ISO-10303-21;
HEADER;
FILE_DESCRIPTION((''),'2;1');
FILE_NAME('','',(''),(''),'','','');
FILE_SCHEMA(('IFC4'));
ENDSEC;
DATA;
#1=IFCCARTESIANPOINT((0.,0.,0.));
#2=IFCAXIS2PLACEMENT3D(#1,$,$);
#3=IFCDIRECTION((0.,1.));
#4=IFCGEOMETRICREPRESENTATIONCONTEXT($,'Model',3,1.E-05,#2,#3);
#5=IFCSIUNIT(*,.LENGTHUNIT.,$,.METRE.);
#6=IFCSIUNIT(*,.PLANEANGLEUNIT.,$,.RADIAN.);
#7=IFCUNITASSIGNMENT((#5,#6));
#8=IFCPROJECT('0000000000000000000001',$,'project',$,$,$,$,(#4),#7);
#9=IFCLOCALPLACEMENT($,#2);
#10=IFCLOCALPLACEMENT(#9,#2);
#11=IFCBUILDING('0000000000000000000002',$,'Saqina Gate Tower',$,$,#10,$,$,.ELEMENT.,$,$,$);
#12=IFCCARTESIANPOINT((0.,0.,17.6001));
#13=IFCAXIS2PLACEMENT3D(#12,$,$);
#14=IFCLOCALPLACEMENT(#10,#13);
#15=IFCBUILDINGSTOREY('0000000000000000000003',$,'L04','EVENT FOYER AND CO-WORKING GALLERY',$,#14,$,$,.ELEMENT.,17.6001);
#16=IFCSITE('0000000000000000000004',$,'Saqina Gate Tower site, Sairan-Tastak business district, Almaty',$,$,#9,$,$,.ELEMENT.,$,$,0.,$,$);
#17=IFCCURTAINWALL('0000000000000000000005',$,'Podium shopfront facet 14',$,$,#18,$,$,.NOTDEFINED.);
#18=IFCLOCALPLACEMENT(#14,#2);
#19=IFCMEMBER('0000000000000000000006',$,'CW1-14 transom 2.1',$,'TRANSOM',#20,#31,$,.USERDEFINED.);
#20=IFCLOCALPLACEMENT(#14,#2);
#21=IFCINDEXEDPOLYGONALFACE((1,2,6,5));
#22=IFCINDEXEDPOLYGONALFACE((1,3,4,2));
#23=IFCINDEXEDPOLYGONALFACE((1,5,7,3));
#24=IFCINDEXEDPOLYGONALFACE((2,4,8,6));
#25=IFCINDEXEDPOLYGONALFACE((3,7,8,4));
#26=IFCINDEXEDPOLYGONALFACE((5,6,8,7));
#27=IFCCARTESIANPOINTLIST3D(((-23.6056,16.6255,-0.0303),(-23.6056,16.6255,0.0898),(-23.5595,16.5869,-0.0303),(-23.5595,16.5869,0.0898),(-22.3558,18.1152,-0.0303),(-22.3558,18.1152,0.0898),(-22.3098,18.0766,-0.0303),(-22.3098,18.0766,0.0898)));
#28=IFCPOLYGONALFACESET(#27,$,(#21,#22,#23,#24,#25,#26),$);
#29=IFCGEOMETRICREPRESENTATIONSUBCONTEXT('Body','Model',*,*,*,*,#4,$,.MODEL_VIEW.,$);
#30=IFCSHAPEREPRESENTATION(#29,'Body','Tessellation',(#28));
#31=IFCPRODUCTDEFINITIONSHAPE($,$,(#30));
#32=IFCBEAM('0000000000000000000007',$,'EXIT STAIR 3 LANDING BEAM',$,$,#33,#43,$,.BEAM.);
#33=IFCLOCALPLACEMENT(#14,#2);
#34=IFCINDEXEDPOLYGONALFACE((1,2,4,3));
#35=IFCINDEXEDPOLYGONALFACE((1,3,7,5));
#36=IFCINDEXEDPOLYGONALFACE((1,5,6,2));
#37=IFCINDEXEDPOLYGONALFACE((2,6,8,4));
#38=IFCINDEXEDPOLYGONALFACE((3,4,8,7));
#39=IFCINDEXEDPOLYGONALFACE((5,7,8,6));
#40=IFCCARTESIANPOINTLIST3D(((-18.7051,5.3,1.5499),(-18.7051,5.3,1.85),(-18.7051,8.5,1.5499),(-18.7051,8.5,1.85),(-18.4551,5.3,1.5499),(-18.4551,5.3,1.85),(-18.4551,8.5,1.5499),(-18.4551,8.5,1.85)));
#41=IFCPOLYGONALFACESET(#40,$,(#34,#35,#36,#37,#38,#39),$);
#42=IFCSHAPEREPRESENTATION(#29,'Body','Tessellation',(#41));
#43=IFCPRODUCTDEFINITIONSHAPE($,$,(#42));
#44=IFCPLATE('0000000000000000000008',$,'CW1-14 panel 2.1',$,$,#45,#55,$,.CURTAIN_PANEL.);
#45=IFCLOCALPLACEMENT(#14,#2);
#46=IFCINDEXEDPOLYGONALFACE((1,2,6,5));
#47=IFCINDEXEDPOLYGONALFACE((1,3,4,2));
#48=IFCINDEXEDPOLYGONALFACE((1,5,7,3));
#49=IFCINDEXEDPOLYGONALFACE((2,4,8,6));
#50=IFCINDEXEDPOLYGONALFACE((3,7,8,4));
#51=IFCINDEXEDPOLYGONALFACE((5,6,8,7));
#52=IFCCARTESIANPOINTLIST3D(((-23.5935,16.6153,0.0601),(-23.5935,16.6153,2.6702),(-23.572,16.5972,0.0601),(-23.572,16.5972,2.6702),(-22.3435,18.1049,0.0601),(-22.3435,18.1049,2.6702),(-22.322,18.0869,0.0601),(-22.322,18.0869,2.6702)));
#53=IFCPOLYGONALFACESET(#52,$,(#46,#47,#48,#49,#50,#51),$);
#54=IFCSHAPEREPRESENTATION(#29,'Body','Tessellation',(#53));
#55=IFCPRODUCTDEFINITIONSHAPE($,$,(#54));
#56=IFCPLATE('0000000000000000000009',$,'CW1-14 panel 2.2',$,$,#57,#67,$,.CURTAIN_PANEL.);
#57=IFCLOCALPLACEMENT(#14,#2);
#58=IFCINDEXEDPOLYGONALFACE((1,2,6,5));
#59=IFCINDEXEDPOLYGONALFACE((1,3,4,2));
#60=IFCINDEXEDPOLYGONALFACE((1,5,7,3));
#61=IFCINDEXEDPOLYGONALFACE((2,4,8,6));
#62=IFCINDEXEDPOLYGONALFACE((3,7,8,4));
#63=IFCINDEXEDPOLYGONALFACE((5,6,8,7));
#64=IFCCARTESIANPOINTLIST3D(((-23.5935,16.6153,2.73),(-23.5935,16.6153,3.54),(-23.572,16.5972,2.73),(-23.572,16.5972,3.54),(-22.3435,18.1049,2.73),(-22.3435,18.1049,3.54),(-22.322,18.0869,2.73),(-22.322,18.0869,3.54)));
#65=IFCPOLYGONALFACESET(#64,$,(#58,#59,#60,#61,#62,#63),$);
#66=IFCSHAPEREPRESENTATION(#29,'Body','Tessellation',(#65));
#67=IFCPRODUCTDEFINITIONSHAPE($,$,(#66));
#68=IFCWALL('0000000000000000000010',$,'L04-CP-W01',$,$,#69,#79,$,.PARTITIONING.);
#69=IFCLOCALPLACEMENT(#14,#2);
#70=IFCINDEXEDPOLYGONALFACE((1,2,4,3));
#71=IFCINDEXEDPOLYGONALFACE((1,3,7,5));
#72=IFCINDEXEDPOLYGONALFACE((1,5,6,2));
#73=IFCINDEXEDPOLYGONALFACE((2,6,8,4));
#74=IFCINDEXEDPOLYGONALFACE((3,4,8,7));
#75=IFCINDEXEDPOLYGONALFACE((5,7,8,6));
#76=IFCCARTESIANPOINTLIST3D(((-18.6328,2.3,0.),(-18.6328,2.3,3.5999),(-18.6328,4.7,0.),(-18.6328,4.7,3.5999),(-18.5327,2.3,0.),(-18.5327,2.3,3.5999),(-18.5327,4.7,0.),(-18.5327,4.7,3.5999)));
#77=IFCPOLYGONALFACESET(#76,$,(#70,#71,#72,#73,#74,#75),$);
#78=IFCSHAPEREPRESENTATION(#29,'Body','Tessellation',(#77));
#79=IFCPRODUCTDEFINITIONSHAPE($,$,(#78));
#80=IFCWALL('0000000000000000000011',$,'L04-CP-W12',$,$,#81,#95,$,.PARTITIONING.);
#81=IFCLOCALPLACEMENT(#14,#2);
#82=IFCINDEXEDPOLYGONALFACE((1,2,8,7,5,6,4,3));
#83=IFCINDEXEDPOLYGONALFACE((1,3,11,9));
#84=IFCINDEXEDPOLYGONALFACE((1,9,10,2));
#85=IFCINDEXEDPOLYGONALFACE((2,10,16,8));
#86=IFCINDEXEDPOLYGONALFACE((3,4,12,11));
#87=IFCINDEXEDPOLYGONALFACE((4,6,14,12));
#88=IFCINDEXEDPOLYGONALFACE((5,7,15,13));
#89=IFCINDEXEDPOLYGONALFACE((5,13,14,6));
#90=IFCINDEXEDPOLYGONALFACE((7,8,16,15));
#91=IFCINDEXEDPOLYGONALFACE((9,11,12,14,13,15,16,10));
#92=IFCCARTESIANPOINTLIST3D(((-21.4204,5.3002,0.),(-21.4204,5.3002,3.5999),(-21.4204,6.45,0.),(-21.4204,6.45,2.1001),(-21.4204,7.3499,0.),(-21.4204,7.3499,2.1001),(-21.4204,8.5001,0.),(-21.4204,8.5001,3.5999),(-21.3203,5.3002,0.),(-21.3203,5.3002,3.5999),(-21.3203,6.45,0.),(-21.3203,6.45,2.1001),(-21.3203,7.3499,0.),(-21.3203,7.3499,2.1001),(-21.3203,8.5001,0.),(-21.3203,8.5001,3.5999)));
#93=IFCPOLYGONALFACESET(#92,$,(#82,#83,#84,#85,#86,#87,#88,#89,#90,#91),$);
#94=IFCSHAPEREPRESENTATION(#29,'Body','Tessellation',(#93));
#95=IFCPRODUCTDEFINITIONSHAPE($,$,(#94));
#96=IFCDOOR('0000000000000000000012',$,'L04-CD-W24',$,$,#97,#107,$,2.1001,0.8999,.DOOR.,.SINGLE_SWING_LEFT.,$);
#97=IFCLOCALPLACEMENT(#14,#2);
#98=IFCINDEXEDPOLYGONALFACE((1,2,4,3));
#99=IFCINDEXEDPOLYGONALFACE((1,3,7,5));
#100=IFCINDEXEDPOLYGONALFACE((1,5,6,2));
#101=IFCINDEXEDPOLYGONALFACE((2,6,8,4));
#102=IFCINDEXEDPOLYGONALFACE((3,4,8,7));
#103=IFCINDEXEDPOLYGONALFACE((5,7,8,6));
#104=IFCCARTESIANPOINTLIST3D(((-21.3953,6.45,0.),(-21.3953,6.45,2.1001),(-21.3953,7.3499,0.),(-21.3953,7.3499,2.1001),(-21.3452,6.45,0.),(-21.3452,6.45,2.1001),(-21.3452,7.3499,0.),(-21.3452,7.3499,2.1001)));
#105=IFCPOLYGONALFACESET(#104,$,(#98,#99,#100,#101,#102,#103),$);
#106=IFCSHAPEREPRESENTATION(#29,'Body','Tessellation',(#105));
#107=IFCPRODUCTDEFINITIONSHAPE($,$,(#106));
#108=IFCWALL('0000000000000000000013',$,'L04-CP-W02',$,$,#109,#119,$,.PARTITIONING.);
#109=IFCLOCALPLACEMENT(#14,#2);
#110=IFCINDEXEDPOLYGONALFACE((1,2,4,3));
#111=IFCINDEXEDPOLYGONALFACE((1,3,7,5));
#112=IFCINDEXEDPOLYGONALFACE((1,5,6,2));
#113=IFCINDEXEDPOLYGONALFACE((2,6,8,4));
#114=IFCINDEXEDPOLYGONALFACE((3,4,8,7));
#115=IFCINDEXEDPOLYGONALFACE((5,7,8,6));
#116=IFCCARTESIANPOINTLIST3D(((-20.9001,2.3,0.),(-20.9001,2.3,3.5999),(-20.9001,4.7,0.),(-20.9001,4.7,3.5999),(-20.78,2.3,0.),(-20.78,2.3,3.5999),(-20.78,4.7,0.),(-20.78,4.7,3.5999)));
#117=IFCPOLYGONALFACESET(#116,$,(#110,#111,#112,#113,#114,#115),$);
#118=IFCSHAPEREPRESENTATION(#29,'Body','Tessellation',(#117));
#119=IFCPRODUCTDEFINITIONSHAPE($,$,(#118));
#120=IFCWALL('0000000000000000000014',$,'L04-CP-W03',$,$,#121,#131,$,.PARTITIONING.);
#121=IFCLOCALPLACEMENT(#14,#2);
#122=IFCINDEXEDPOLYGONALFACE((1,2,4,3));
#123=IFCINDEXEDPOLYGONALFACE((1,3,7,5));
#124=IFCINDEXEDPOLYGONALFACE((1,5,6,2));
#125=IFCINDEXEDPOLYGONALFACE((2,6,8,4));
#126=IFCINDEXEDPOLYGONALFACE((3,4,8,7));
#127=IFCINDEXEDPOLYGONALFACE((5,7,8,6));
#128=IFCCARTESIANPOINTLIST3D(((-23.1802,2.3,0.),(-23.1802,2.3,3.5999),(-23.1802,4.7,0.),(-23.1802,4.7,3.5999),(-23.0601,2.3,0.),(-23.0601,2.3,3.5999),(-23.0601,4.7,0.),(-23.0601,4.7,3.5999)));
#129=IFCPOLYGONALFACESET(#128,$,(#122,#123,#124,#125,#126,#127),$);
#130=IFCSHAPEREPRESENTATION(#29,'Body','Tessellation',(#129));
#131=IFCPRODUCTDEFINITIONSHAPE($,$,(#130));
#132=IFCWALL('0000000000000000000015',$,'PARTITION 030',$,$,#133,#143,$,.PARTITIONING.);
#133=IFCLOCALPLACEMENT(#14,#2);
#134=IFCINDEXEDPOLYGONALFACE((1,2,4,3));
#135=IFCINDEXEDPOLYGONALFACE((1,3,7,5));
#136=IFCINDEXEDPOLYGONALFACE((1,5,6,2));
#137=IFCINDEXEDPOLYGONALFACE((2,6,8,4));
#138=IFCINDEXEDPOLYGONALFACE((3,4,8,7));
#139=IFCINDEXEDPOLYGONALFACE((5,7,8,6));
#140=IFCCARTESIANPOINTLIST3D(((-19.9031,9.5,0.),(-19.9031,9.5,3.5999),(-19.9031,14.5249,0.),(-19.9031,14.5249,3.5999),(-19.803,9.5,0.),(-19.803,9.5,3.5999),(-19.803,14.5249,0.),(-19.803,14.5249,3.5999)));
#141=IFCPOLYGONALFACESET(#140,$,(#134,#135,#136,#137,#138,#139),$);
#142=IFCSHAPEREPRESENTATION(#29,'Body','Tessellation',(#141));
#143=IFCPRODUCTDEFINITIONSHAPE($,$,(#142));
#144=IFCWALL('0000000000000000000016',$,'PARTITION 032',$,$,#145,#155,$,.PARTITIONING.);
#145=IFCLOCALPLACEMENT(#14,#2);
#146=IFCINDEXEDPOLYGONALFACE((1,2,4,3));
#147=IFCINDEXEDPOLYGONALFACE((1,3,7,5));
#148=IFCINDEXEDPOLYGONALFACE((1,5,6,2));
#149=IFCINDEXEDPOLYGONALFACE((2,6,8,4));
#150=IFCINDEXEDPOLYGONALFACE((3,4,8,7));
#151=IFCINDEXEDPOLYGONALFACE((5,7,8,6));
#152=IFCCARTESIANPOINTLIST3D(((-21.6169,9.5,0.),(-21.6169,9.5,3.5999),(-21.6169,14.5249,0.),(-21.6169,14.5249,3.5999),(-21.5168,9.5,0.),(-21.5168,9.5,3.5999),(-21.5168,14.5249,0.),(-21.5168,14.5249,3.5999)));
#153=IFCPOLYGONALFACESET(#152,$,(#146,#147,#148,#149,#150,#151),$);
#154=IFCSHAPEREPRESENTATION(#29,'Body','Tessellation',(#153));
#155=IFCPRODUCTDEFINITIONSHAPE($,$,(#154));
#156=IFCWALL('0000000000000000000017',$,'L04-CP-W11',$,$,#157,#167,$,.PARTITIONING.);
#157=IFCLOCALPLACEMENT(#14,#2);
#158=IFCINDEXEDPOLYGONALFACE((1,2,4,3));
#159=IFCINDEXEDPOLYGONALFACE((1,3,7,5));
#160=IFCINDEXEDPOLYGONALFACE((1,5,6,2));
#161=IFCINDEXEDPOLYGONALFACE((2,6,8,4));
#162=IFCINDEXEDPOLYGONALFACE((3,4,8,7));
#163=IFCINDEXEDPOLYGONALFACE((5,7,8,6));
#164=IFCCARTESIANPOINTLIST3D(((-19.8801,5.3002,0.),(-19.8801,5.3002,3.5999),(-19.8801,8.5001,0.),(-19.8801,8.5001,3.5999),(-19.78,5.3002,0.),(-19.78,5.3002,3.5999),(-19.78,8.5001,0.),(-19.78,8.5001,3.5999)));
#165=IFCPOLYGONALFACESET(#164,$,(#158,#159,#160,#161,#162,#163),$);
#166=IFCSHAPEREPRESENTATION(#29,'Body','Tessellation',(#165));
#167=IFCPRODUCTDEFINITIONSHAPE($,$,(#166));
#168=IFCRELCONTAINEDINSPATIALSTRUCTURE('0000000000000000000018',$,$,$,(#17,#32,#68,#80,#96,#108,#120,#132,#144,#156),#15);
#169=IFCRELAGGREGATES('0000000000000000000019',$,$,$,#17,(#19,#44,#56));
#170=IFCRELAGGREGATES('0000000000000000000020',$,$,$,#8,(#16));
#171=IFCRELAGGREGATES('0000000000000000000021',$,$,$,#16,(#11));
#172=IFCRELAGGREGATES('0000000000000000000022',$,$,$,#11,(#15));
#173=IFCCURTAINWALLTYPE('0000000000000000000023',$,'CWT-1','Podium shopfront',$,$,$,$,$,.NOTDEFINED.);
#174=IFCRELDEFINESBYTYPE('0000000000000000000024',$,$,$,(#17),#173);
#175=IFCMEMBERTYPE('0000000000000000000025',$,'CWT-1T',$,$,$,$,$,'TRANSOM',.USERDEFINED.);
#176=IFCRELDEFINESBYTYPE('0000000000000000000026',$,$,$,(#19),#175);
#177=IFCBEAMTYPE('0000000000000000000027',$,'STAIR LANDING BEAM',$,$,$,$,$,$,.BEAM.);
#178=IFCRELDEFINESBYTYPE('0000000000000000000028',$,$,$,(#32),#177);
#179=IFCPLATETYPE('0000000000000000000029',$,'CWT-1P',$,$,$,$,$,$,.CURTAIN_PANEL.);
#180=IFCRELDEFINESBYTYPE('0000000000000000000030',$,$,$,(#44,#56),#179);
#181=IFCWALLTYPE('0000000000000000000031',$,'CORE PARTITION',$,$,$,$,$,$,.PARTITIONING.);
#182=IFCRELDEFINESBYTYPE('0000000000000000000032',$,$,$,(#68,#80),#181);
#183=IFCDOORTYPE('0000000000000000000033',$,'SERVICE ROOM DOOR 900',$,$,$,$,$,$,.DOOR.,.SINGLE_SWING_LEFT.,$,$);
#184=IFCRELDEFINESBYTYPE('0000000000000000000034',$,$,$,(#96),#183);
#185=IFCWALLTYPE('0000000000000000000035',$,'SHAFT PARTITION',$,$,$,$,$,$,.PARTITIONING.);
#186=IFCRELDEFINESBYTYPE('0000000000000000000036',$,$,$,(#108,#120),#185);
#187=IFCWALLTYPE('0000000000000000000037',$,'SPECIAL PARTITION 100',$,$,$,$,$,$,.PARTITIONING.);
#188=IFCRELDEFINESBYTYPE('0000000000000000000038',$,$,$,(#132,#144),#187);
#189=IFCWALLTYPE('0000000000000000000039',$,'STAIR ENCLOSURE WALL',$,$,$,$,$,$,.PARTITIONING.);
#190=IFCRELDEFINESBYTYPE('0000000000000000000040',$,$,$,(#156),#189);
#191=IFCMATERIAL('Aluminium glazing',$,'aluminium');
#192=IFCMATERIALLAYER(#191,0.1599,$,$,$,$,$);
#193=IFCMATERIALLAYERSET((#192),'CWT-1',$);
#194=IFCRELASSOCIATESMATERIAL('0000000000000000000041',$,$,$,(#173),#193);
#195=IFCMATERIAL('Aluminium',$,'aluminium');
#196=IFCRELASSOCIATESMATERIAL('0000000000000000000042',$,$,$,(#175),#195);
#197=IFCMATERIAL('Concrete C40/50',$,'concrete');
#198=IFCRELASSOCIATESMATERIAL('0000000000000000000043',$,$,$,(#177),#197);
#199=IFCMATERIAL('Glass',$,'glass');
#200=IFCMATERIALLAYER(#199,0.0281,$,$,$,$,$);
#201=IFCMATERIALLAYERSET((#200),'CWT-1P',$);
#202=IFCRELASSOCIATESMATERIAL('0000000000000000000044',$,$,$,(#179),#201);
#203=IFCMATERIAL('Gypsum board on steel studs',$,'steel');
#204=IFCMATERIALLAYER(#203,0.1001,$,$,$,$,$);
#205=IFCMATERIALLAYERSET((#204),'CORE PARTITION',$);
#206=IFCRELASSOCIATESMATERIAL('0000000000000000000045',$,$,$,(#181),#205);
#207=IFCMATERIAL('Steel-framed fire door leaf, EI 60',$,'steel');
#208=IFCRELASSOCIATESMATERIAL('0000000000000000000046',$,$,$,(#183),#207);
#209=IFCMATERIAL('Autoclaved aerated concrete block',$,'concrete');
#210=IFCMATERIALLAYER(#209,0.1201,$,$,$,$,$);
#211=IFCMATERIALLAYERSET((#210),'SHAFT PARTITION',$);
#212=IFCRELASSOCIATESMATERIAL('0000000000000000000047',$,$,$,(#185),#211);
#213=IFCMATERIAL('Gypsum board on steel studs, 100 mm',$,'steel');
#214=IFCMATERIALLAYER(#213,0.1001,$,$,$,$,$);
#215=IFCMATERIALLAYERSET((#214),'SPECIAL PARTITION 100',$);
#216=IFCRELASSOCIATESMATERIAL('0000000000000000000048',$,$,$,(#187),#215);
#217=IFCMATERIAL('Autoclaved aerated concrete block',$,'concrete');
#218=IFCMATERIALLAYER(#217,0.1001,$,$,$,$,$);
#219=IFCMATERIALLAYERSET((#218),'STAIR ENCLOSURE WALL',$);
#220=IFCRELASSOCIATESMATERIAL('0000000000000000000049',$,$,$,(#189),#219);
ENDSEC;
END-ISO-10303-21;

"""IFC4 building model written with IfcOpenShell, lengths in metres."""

from ifc_helpers import new_model, si_unit, direction, frame, frame_2d, origin, origin_2d, place, context, subcontext, project, spatial, rectangle, extrude, material, layer, layer_set, material_profile, profile_set, type_object, element, fill, aggregate, save


model = new_model("IFC4")

# Units and contexts
model_context = context("Model", 3, precision=1e-05, world=origin(), true_north=direction((0.0, 1.0)))
body_context = subcontext(model_context, "Body", "Model", "MODEL_VIEW")
ifc_project = project(units=[si_unit("LENGTHUNIT", "METRE"), si_unit("PLANEANGLEUNIT", "RADIAN")], contexts=[model_context])

# Site, building, storey
site_placement = place(None, origin())
site = spatial("IfcSite", under=ifc_project, at=site_placement, Name="Saqina Gate Tower site, Sairan-Tastak business district, Almaty", CompositionType="ELEMENT", RefElevation=0.0)
building_placement = place(site_placement, origin())
building = spatial("IfcBuilding", under=site, at=building_placement, Name="Saqina Gate Tower", CompositionType="ELEMENT")
storey_placement = place(building_placement, frame((0.0, 0.0, 17.6001)))
storey = spatial("IfcBuildingStorey", under=building, at=storey_placement, Name="L04", Description="EVENT FOYER AND CO-WORKING GALLERY", CompositionType="ELEMENT", Elevation=17.6001)

# Curtain wall, member
ifc_material_1 = material(Name="Aluminium glazing", Category="aluminium")
ifc_layer_1 = layer(ifc_material_1, 0.1599)
ifc_layer_set_1 = layer_set([ifc_layer_1], Name="CWT-1")
curtain_wall_type = type_object("IfcCurtainWallType", Name="CWT-1", Description="Podium shopfront", PredefinedType="NOTDEFINED", material=ifc_layer_set_1)
curtain_wall_placement = place(storey_placement, origin())
curtain_wall = element("IfcCurtainWall", 1, at=curtain_wall_placement, inside=storey, type_object=curtain_wall_type, Name="Podium shopfront facet 14", PredefinedType="NOTDEFINED")
ifc_material_2 = material(Name="Aluminium", Category="aluminium")
ifc_material_profile_1 = material_profile(ifc_material_2, rectangle(XDim=0.0601, YDim=0.1201, at=origin_2d()), Name="Aluminium 60x120")
ifc_profile_set_1 = profile_set([ifc_material_profile_1], Name="Aluminium")
member_type = type_object("IfcMemberType", Name="CWT-1T", ElementType="TRANSOM", PredefinedType="USERDEFINED", material=ifc_profile_set_1)
member_placement = place(storey_placement, frame((-22.3328, 18.0959, 0.0298), z_axis=(-0.6427, -0.766118, 0.0), x_axis=(0.766118, -0.6427, 0.0)))
member = element("IfcMember", 2, at=member_placement, type_object=member_type, Name="CW1-14 transom 2.1", ObjectType="TRANSOM", PredefinedType="USERDEFINED", context=body_context, shape_type="SweptSolid", body=[
    extrude(rectangle(XDim=0.0601, YDim=0.1201, at=origin_2d()), origin(), (0.0, 0.0, 1.0), 1.9446),
])

# Beam
ifc_material_3 = material(Name="Concrete C40/50", Category="concrete")
ifc_material_profile_2 = material_profile(ifc_material_3, rectangle(XDim=0.25, YDim=0.3, at=origin_2d()), Name="STAIR LANDING BEAM")
ifc_profile_set_2 = profile_set([ifc_material_profile_2], Name="Concrete C40/50")
beam_type = type_object("IfcBeamType", Name="STAIR LANDING BEAM", PredefinedType="BEAM", material=ifc_profile_set_2)
beam_placement = place(storey_placement, frame((-18.5801, 5.3, 1.7), z_axis=(0.0, 1.0, 0.0), x_axis=(-1.0, 0.0, 0.0)))
element("IfcBeam", 3, at=beam_placement, inside=storey, type_object=beam_type, Name="EXIT STAIR 3 LANDING BEAM", PredefinedType="BEAM", context=body_context, shape_type="SweptSolid", body=[
    extrude(rectangle(XDim=0.25, YDim=0.3, at=origin_2d()), origin(), (0.0, 0.0, 1.0), 3.2),
])

# Plates
ifc_material_4 = material(Name="Glass", Category="glass")
ifc_layer_2 = layer(ifc_material_4, 0.0281)
ifc_layer_set_2 = layer_set([ifc_layer_2], Name="CWT-1P")
plate_type = type_object("IfcPlateType", Name="CWT-1P", PredefinedType="CURTAIN_PANEL", material=ifc_layer_set_2)
plate_1_placement = place(storey_placement, frame((-22.9578, 17.3511, 0.0601), z_axis=(0.0, 0.0, 1.0), x_axis=(-0.642779, -0.766051, 0.0)))
plate_1 = element("IfcPlate", 4, at=plate_1_placement, type_object=plate_type, Name="CW1-14 panel 2.1", PredefinedType="CURTAIN_PANEL", context=body_context, shape_type="SweptSolid", body=[
    extrude(rectangle(XDim=1.9446, YDim=0.0281, at=origin_2d()), origin(), (0.0, 0.0, 1.0), 2.6101),
])
plate_2_placement = place(storey_placement, frame((-22.9578, 17.3511, 2.73), z_axis=(0.0, 0.0, 1.0), x_axis=(-0.642779, -0.766051, 0.0)))
plate_2 = element("IfcPlate", 5, at=plate_2_placement, type_object=plate_type, Name="CW1-14 panel 2.2", PredefinedType="CURTAIN_PANEL", context=body_context, shape_type="SweptSolid", body=[
    extrude(rectangle(XDim=1.9446, YDim=0.0281, at=origin_2d()), origin(), (0.0, 0.0, 1.0), 0.8101),
])
aggregate(curtain_wall, [member, plate_1, plate_2])

# Wall
ifc_material_5 = material(Name="Gypsum board on steel studs", Category="steel")
ifc_layer_3 = layer(ifc_material_5, 0.1001)
ifc_layer_set_3 = layer_set([ifc_layer_3], Name="CORE PARTITION")
wall_type_1 = type_object("IfcWallType", Name="CORE PARTITION", PredefinedType="PARTITIONING", material=ifc_layer_set_3)
wall_1_placement = place(storey_placement, frame((-18.5828, 2.3, 0.0), z_axis=(0.0, 0.0, 1.0), x_axis=(0.0, 1.0, 0.0)))
element("IfcWall", 6, at=wall_1_placement, inside=storey, type_object=wall_type_1, Name="L04-CP-W01", PredefinedType="PARTITIONING", context=body_context, shape_type="SweptSolid", body=[
    extrude(rectangle(XDim=2.3999, YDim=0.1001, at=frame_2d((1.2, 0.0))), origin(), (0.0, 0.0, 1.0), 3.5999),
])

# Wall, opening, door
wall_2_placement = place(storey_placement, frame((-21.3704, 5.3, 0.0), z_axis=(0.0, 0.0, 1.0), x_axis=(0.0, 1.0, 0.0)))
wall_2 = element("IfcWall", 7, at=wall_2_placement, inside=storey, type_object=wall_type_1, Name="L04-CP-W12", PredefinedType="PARTITIONING", context=body_context, shape_type="SweptSolid", body=[
    extrude(rectangle(XDim=3.2, YDim=0.1001, at=frame_2d((1.6001, 0.0))), origin(), (0.0, 0.0, 1.0), 3.5999),
])
opening_placement = place(wall_2_placement, frame((1.1499, 0.0, 0.0)))
opening = element("IfcOpeningElement", 8, at=opening_placement, cuts=wall_2, PredefinedType="OPENING", context=body_context, shape_type="SweptSolid", body=[
    extrude(rectangle(XDim=0.8999, YDim=2.1001, at=frame_2d((0.45, 1.05))), frame((0.0, 0.062, 0.0), z_axis=(0.0, -1.0, 0.0), x_axis=(1.0, 0.0, 0.0)), (0.0, 0.0, 1.0), 0.124),
])
ifc_material_6 = material(Name="Steel-framed fire door leaf, EI 60", Category="steel")
door_type = type_object("IfcDoorType", Name="SERVICE ROOM DOOR 900", OperationType="SINGLE_SWING_LEFT", PredefinedType="DOOR", material=ifc_material_6)
door_placement = place(opening_placement, origin())
door = element("IfcDoor", 9, at=door_placement, inside=storey, type_object=door_type, Name="L04-CD-W24", OperationType="SINGLE_SWING_LEFT", OverallHeight=2.1001, OverallWidth=0.8999, PredefinedType="DOOR", context=body_context, shape_type="SweptSolid", body=[
    extrude(rectangle(XDim=0.8999, YDim=2.1001, at=frame_2d((0.45, 1.05))), frame((0.0, 0.0249, 0.0), z_axis=(0.0, -1.0, 0.0), x_axis=(1.0, 0.0, 0.0)), (0.0, 0.0, 1.0), 0.05),
])
fill(opening, door)

# Walls
ifc_material_7 = material(Name="Autoclaved aerated concrete block", Category="concrete")
ifc_layer_4 = layer(ifc_material_7, 0.1201)
ifc_layer_set_4 = layer_set([ifc_layer_4], Name="SHAFT PARTITION")
wall_type_2 = type_object("IfcWallType", Name="SHAFT PARTITION", PredefinedType="PARTITIONING", material=ifc_layer_set_4)
for number, where, z_axis, x_axis, name in (
    (10, (-20.8401, 2.3, 0.0), (0.0, 0.0, 1.0), (0.0, 1.0, 0.0), "L04-CP-W02"),
    (11, (-23.1201, 2.3, 0.0), (0.0, 0.0, 1.0), (0.0, 1.0, 0.0), "L04-CP-W03"),
):
    element("IfcWall", number, at=place(storey_placement, frame(where, z_axis=z_axis, x_axis=x_axis)), inside=storey, type_object=wall_type_2, Name=name, PredefinedType="PARTITIONING", context=body_context, shape_type="SweptSolid", body=[
        extrude(rectangle(XDim=2.3999, YDim=0.1201, at=frame_2d((1.2, 0.0))), origin(), (0.0, 0.0, 1.0), 3.5999),
    ])
ifc_material_8 = material(Name="Gypsum board on steel studs, 100 mm", Category="steel")
ifc_layer_5 = layer(ifc_material_8, 0.1001)
ifc_layer_set_5 = layer_set([ifc_layer_5], Name="SPECIAL PARTITION 100")
wall_type_3 = type_object("IfcWallType", Name="SPECIAL PARTITION 100", PredefinedType="PARTITIONING", material=ifc_layer_set_5)
for number, where, z_axis, x_axis, name in (
    (12, (-19.853, 9.5, 0.0), (0.0, 0.0, 1.0), (0.0, 1.0, 0.0), "PARTITION 030"),
    (13, (-21.5669, 9.5, 0.0), (0.0, 0.0, 1.0), (0.0, 1.0, 0.0), "PARTITION 032"),
):
    element("IfcWall", number, at=place(storey_placement, frame(where, z_axis=z_axis, x_axis=x_axis)), inside=storey, type_object=wall_type_3, Name=name, PredefinedType="PARTITIONING", context=body_context, shape_type="SweptSolid", body=[
        extrude(rectangle(XDim=5.0249, YDim=0.1001, at=frame_2d((2.5125, 0.0))), origin(), (0.0, 0.0, 1.0), 3.5999),
    ])
ifc_material_9 = material(Name="Autoclaved aerated concrete block", Category="concrete")
ifc_layer_6 = layer(ifc_material_9, 0.1001)
ifc_layer_set_6 = layer_set([ifc_layer_6], Name="STAIR ENCLOSURE WALL")
wall_type_4 = type_object("IfcWallType", Name="STAIR ENCLOSURE WALL", PredefinedType="PARTITIONING", material=ifc_layer_set_6)
wall_3_placement = place(storey_placement, frame((-19.8301, 5.3, 0.0), z_axis=(0.0, 0.0, 1.0), x_axis=(0.0, 1.0, 0.0)))
element("IfcWall", 14, at=wall_3_placement, inside=storey, type_object=wall_type_4, Name="L04-CP-W11", PredefinedType="PARTITIONING", context=body_context, shape_type="SweptSolid", body=[
    extrude(rectangle(XDim=3.2, YDim=0.1001, at=frame_2d((1.6001, 0.0))), origin(), (0.0, 0.0, 1.0), 3.5999),
])

save(model, "model.ifc")
